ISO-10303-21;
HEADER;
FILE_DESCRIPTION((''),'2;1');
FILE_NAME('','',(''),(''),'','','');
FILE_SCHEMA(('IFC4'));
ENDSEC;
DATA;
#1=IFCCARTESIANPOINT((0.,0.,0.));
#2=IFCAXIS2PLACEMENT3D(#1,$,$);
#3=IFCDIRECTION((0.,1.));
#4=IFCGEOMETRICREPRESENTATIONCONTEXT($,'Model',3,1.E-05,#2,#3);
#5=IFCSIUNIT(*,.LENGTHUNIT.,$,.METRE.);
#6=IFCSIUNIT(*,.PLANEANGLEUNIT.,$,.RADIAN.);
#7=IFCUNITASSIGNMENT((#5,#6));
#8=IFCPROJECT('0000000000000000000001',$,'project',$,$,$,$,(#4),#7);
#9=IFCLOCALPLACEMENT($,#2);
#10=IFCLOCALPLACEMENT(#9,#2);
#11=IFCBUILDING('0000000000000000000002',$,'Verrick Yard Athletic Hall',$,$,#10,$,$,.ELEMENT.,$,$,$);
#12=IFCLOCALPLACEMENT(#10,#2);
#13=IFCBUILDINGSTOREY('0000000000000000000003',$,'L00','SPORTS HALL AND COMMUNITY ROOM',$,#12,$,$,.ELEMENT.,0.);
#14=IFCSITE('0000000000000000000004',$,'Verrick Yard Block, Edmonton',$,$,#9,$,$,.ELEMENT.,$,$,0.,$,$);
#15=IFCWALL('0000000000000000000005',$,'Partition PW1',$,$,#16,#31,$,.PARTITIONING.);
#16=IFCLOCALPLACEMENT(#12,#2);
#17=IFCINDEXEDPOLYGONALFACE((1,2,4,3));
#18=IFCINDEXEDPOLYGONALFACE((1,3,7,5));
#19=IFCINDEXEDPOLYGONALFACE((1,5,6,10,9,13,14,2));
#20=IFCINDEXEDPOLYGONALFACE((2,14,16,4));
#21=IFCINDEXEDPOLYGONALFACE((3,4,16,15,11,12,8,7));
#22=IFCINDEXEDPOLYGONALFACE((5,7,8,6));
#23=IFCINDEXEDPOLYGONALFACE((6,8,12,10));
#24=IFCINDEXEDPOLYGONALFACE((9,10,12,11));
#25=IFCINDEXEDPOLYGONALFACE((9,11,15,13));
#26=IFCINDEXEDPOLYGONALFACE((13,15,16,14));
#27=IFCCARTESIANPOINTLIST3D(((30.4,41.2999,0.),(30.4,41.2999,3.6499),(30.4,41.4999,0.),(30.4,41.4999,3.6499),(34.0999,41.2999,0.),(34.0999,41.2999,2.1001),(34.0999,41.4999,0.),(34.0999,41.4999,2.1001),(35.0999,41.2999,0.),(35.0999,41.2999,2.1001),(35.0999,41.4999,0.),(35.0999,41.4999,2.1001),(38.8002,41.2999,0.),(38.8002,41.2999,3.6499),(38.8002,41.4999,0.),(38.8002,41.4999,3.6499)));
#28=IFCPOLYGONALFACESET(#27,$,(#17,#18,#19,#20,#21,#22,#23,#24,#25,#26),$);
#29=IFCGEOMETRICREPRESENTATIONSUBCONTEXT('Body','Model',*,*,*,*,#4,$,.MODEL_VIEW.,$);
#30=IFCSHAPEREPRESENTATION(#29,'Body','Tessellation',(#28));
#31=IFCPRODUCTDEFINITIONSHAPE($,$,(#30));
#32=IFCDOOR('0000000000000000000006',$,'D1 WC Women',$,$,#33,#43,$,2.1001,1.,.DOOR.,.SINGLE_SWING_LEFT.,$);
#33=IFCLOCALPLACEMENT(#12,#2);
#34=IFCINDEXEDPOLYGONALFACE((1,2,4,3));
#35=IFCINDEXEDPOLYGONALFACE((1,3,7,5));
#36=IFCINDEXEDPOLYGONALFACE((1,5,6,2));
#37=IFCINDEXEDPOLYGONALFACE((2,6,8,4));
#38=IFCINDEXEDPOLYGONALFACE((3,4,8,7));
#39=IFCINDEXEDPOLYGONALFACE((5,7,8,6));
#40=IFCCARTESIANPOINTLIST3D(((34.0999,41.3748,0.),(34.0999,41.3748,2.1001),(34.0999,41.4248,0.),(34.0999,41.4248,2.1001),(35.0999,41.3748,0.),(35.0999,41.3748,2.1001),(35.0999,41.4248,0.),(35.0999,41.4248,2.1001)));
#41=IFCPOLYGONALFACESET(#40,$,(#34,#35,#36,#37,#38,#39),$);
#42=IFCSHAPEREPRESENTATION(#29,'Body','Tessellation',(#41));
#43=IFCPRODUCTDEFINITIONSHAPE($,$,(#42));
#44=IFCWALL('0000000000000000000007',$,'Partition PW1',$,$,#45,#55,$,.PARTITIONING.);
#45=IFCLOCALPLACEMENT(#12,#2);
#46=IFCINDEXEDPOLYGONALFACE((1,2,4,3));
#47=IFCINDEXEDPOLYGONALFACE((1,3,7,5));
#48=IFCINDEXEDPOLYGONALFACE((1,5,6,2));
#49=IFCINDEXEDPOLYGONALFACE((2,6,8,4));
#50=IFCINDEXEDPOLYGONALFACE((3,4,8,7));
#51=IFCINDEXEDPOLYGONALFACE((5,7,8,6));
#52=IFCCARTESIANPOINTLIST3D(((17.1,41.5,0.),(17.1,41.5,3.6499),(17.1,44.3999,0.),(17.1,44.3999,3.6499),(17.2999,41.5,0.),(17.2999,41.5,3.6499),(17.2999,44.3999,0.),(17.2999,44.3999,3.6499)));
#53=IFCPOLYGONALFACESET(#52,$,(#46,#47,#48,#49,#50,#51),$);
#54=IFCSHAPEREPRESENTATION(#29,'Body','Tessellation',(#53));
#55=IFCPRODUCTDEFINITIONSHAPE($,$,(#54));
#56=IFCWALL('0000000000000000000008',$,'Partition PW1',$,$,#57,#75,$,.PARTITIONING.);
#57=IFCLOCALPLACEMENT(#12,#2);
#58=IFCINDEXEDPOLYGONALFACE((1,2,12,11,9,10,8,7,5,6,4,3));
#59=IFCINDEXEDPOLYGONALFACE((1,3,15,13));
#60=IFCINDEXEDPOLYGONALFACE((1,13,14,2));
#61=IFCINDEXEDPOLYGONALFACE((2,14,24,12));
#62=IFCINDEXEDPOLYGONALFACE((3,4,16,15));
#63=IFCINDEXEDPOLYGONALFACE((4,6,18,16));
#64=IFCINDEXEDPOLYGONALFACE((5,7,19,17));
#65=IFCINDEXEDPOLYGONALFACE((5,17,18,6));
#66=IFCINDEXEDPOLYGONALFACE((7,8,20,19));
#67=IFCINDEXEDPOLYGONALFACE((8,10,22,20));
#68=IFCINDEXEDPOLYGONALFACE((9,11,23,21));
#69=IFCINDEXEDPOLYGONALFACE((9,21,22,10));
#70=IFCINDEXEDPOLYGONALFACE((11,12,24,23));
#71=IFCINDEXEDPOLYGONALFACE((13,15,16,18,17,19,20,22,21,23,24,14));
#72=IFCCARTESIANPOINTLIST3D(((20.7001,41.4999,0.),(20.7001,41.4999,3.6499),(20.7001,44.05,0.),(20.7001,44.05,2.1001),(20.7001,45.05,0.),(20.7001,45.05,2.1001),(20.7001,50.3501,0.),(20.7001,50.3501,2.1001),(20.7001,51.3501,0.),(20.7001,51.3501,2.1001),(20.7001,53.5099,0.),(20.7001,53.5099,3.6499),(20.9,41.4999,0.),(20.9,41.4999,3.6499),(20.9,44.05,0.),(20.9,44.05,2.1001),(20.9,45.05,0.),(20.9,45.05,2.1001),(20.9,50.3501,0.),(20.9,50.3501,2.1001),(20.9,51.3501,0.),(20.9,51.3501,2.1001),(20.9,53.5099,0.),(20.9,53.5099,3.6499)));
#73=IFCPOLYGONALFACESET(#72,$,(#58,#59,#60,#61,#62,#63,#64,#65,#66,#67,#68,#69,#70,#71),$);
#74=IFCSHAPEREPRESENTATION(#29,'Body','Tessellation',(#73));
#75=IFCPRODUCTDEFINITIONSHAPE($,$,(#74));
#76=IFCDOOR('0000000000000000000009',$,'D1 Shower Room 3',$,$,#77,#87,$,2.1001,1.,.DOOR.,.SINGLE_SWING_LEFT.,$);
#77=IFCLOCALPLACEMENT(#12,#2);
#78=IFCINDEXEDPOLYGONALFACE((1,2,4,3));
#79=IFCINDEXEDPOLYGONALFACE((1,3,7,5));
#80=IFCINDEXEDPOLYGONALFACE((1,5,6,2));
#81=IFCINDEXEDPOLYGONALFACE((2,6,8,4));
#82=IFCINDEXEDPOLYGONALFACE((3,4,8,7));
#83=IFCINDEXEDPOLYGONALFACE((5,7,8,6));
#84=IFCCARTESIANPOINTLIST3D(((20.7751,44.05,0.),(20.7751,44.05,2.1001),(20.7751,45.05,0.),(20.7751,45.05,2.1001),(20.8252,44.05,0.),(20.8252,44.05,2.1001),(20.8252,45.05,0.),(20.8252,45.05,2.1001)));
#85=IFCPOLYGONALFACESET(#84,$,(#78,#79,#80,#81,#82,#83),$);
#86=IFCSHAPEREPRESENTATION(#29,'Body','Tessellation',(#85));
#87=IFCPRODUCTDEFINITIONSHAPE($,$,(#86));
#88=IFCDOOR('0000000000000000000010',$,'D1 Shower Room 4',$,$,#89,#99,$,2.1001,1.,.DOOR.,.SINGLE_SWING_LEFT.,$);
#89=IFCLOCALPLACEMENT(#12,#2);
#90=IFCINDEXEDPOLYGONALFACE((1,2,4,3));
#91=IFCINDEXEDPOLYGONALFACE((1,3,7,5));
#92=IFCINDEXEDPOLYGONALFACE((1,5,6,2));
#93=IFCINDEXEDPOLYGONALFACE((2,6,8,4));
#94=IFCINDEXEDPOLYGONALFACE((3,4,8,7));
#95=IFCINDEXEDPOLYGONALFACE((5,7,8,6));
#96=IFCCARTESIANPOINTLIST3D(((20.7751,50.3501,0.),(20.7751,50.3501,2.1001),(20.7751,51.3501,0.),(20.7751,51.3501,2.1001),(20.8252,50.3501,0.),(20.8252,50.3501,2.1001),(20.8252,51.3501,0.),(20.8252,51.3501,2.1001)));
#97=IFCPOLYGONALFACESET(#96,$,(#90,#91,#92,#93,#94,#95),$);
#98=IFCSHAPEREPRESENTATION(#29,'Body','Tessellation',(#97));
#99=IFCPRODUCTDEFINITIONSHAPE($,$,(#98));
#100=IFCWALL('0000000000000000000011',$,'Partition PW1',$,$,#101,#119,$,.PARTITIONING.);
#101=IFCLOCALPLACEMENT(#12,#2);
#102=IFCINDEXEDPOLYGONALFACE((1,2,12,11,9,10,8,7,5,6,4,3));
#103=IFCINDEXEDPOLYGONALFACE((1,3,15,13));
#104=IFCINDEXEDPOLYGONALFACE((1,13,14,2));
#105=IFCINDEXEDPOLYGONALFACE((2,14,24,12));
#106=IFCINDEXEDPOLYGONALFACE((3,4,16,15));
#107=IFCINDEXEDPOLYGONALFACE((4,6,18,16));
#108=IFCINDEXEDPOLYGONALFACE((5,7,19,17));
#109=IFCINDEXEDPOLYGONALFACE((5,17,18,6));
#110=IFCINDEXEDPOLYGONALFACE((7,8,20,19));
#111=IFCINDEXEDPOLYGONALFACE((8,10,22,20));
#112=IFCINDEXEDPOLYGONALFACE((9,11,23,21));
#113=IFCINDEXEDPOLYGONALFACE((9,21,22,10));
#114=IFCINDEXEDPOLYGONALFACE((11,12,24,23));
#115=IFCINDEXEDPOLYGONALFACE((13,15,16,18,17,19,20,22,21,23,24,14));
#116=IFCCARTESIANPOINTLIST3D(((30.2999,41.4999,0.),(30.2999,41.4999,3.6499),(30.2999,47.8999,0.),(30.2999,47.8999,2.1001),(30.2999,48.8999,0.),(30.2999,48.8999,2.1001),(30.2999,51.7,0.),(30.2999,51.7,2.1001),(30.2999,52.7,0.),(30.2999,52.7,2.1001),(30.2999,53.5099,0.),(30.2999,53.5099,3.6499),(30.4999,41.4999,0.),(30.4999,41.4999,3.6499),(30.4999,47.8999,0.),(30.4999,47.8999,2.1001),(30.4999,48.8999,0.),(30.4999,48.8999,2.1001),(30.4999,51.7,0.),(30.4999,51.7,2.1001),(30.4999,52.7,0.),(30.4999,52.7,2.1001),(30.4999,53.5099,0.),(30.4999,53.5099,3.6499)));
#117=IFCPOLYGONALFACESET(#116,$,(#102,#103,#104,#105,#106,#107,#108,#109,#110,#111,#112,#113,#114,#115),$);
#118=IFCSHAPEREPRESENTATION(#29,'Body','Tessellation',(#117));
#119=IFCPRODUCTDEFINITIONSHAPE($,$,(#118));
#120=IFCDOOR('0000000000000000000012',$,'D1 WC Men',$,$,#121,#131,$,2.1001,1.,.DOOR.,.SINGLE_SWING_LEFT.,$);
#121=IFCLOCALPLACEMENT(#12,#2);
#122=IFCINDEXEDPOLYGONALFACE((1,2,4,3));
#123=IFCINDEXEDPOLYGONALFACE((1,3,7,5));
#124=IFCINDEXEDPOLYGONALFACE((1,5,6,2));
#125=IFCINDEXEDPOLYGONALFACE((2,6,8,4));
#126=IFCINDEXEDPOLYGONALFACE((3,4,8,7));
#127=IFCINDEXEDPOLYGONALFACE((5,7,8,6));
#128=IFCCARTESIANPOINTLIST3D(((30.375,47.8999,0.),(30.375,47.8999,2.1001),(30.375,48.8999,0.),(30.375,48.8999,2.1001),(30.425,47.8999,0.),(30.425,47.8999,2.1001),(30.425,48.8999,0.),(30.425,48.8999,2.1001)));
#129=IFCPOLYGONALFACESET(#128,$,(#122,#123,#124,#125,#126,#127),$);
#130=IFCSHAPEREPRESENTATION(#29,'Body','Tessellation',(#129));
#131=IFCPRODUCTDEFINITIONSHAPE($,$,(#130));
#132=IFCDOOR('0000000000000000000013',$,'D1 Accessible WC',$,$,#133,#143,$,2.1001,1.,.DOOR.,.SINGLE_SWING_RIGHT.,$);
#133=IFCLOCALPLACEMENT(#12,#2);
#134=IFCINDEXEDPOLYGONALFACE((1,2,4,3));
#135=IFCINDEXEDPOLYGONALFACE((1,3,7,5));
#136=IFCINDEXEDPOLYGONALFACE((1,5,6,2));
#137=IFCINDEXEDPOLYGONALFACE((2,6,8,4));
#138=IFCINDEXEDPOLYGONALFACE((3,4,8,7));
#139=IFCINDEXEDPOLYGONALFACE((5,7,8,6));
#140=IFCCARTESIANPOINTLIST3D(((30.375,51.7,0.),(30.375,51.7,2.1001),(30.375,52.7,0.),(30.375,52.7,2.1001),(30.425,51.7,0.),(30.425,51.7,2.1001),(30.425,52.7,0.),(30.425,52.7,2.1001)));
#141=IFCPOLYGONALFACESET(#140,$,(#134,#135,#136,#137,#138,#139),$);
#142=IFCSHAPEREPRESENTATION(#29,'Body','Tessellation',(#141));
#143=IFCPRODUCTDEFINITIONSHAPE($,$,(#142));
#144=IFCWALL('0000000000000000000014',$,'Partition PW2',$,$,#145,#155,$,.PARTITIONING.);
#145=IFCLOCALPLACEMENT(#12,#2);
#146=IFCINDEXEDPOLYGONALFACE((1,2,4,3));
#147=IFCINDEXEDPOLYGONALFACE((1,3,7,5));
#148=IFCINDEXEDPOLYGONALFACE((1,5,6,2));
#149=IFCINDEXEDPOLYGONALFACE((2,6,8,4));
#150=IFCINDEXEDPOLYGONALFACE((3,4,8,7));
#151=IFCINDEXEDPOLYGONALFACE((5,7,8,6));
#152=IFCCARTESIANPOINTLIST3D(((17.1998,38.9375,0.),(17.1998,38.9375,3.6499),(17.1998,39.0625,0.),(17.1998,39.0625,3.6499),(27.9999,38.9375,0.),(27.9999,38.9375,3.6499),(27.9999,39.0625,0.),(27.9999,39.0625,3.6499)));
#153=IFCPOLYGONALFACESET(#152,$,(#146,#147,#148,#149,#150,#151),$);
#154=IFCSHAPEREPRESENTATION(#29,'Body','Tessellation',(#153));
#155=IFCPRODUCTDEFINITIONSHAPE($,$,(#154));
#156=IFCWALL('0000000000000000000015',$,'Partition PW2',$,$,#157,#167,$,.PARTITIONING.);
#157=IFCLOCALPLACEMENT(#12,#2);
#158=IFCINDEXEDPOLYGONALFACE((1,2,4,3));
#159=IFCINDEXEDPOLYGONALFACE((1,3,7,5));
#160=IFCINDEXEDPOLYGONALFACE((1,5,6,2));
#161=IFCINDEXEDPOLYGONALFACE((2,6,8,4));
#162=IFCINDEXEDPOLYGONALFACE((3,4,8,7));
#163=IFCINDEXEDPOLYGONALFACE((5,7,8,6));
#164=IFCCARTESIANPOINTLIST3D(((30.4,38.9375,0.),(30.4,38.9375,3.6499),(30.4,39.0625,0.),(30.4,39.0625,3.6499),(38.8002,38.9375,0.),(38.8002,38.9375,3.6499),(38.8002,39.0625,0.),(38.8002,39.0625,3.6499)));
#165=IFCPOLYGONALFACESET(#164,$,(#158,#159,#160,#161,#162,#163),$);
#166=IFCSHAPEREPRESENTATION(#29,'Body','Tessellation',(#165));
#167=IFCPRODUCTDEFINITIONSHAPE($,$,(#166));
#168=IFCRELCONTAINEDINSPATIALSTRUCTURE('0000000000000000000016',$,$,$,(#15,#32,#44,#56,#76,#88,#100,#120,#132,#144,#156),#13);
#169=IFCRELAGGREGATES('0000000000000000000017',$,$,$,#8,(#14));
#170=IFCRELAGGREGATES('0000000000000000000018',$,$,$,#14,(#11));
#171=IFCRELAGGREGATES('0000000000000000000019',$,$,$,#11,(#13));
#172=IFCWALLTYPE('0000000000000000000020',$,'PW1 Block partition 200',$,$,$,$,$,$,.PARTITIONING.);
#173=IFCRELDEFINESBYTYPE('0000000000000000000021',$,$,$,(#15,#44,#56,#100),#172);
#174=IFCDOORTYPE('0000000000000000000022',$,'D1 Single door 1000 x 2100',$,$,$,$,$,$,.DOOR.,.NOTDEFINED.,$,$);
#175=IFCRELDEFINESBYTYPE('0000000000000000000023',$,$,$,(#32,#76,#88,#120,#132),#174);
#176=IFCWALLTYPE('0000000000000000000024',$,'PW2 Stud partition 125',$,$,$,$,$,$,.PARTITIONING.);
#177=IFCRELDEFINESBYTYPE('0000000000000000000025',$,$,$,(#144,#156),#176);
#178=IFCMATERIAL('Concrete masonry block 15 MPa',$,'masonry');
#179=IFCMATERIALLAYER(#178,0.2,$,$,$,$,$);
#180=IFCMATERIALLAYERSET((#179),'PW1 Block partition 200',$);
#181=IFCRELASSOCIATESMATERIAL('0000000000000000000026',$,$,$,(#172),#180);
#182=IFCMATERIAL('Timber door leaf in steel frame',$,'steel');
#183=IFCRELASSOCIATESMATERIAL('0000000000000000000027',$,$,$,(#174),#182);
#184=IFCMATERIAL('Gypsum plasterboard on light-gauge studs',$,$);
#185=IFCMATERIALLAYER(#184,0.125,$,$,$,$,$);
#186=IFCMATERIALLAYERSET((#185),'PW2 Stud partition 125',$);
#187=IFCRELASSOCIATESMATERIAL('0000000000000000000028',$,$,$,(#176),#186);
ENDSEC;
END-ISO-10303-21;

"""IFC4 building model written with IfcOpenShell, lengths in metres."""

from ifc_helpers import new_model, si_unit, direction, frame, frame_2d, origin, place, context, subcontext, project, spatial, rectangle, extrude, material, layer, layer_set, type_object, element, fill, save


model = new_model("IFC4")

# Units and contexts
model_context = context("Model", 3, precision=1e-05, world=origin(), true_north=direction((0.0, 1.0)))
body_context = subcontext(model_context, "Body", "Model", "MODEL_VIEW")
ifc_project = project(units=[si_unit("LENGTHUNIT", "METRE"), si_unit("PLANEANGLEUNIT", "RADIAN")], contexts=[model_context])

# Site, building, storey
site_placement = place(None, origin())
site = spatial("IfcSite", under=ifc_project, at=site_placement, Name="Verrick Yard Block, Edmonton", CompositionType="ELEMENT", RefElevation=0.0)
building_placement = place(site_placement, origin())
building = spatial("IfcBuilding", under=site, at=building_placement, Name="Verrick Yard Athletic Hall", CompositionType="ELEMENT")
storey_placement = place(building_placement, origin())
storey = spatial("IfcBuildingStorey", under=building, at=storey_placement, Name="L00", Description="SPORTS HALL AND COMMUNITY ROOM", CompositionType="ELEMENT", Elevation=0.0)

# Shared definitions
ifc_material_1 = material(Name="Concrete masonry block 15 MPa", Category="masonry")
ifc_layer_1 = layer(ifc_material_1, 0.2)
ifc_layer_set_1 = layer_set([ifc_layer_1], Name="PW1 Block partition 200")
wall_type_1 = type_object("IfcWallType", Name="PW1 Block partition 200", PredefinedType="PARTITIONING", material=ifc_layer_set_1)

# Wall, opening, door
wall_1_placement = place(storey_placement, frame((30.3999, 41.3999, 0.0), z_axis=(0.0, 0.0, 1.0), x_axis=(1.0, 0.0, 0.0)))
wall_1 = element("IfcWall", 1, at=wall_1_placement, inside=storey, type_object=wall_type_1, Name="Partition PW1", PredefinedType="PARTITIONING", context=body_context, shape_type="SweptSolid", body=[
    extrude(rectangle(XDim=8.4001, YDim=0.2, at=frame_2d((4.2002, 0.0))), origin(), (0.0, 0.0, 1.0), 3.6499),
])
opening_1_placement = place(wall_1_placement, frame((3.7, 0.0, 0.0)))
opening_1 = element("IfcOpeningElement", 2, at=opening_1_placement, cuts=wall_1, PredefinedType="OPENING", context=body_context, shape_type="SweptSolid", body=[
    extrude(rectangle(XDim=1.0, YDim=2.1001, at=frame_2d((0.5, 1.05))), frame((0.0, 0.1099, 0.0), z_axis=(0.0, -1.0, 0.0), x_axis=(1.0, 0.0, 0.0)), (0.0, 0.0, 1.0), 0.22),
])
ifc_material_2 = material(Name="Timber door leaf in steel frame", Category="steel")
door_type = type_object("IfcDoorType", Name="D1 Single door 1000 x 2100", OperationType="NOTDEFINED", PredefinedType="DOOR", material=ifc_material_2)
door_1_placement = place(opening_1_placement, origin())
door_1 = element("IfcDoor", 3, at=door_1_placement, inside=storey, type_object=door_type, Name="D1 WC Women", OperationType="SINGLE_SWING_LEFT", OverallHeight=2.1001, OverallWidth=1.0, PredefinedType="DOOR", context=body_context, shape_type="SweptSolid", body=[
    extrude(rectangle(XDim=1.0, YDim=2.1001, at=frame_2d((0.5, 1.05))), frame((0.0, 0.0249, 0.0), z_axis=(0.0, -1.0, 0.0), x_axis=(1.0, 0.0, 0.0)), (0.0, 0.0, 1.0), 0.05),
])
fill(opening_1, door_1)

# Wall
wall_2_placement = place(storey_placement, frame((17.2, 41.5, 0.0), z_axis=(0.0, 0.0, 1.0), x_axis=(0.0, 1.0, 0.0)))
element("IfcWall", 4, at=wall_2_placement, inside=storey, type_object=wall_type_1, Name="Partition PW1", PredefinedType="PARTITIONING", context=body_context, shape_type="SweptSolid", body=[
    extrude(rectangle(XDim=2.8999, YDim=0.2, at=frame_2d((1.45, 0.0))), origin(), (0.0, 0.0, 1.0), 3.6499),
])

# Walls, openings, doors
wall_3_placement = place(storey_placement, frame((20.8, 41.5, 0.0), z_axis=(0.0, 0.0, 1.0), x_axis=(0.0, 1.0, 0.0)))
wall_3 = element("IfcWall", 5, at=wall_3_placement, inside=storey, type_object=wall_type_1, Name="Partition PW1", PredefinedType="PARTITIONING", context=body_context, shape_type="SweptSolid", body=[
    extrude(rectangle(XDim=12.01, YDim=0.2, at=frame_2d((6.0049, 0.0))), origin(), (0.0, 0.0, 1.0), 3.6499),
])
opening_2_placement = place(wall_3_placement, frame((2.55, 0.0, 0.0)))
opening_2 = element("IfcOpeningElement", 6, at=opening_2_placement, cuts=wall_3, PredefinedType="OPENING", context=body_context, shape_type="SweptSolid", body=[
    extrude(rectangle(XDim=1.0, YDim=2.1001, at=frame_2d((0.5, 1.05))), frame((0.0, 0.1099, 0.0), z_axis=(0.0, -1.0, 0.0), x_axis=(1.0, 0.0, 0.0)), (0.0, 0.0, 1.0), 0.22),
])
opening_3_placement = place(wall_3_placement, frame((8.8501, 0.0, 0.0)))
opening_3 = element("IfcOpeningElement", 7, at=opening_3_placement, cuts=wall_3, PredefinedType="OPENING", context=body_context, shape_type="SweptSolid", body=[
    extrude(rectangle(XDim=1.0, YDim=2.1001, at=frame_2d((0.5, 1.05))), frame((0.0, 0.1099, 0.0), z_axis=(0.0, -1.0, 0.0), x_axis=(1.0, 0.0, 0.0)), (0.0, 0.0, 1.0), 0.22),
])
door_2_placement = place(opening_2_placement, origin())
door_2 = element("IfcDoor", 8, at=door_2_placement, inside=storey, type_object=door_type, Name="D1 Shower Room 3", OperationType="SINGLE_SWING_LEFT", OverallHeight=2.1001, OverallWidth=1.0, PredefinedType="DOOR", context=body_context, shape_type="SweptSolid", body=[
    extrude(rectangle(XDim=1.0, YDim=2.1001, at=frame_2d((0.5, 1.05))), frame((0.0, 0.0249, 0.0), z_axis=(0.0, -1.0, 0.0), x_axis=(1.0, 0.0, 0.0)), (0.0, 0.0, 1.0), 0.05),
])
fill(opening_2, door_2)
door_3_placement = place(opening_3_placement, origin())
door_3 = element("IfcDoor", 9, at=door_3_placement, inside=storey, type_object=door_type, Name="D1 Shower Room 4", OperationType="SINGLE_SWING_LEFT", OverallHeight=2.1001, OverallWidth=1.0, PredefinedType="DOOR", context=body_context, shape_type="SweptSolid", body=[
    extrude(rectangle(XDim=1.0, YDim=2.1001, at=frame_2d((0.5, 1.05))), frame((0.0, 0.0249, 0.0), z_axis=(0.0, -1.0, 0.0), x_axis=(1.0, 0.0, 0.0)), (0.0, 0.0, 1.0), 0.05),
])
fill(opening_3, door_3)
wall_4_placement = place(storey_placement, frame((30.3999, 41.5, 0.0), z_axis=(0.0, 0.0, 1.0), x_axis=(0.0, 1.0, 0.0)))
wall_4 = element("IfcWall", 10, at=wall_4_placement, inside=storey, type_object=wall_type_1, Name="Partition PW1", PredefinedType="PARTITIONING", context=body_context, shape_type="SweptSolid", body=[
    extrude(rectangle(XDim=12.01, YDim=0.2, at=frame_2d((6.0049, 0.0))), origin(), (0.0, 0.0, 1.0), 3.6499),
])
opening_4_placement = place(wall_4_placement, frame((6.3999, 0.0, 0.0)))
opening_4 = element("IfcOpeningElement", 11, at=opening_4_placement, cuts=wall_4, PredefinedType="OPENING", context=body_context, shape_type="SweptSolid", body=[
    extrude(rectangle(XDim=1.0, YDim=2.1001, at=frame_2d((0.5, 1.05))), frame((0.0, 0.1099, 0.0), z_axis=(0.0, -1.0, 0.0), x_axis=(1.0, 0.0, 0.0)), (0.0, 0.0, 1.0), 0.22),
])
opening_5_placement = place(wall_4_placement, frame((10.2, 0.0, 0.0)))
opening_5 = element("IfcOpeningElement", 12, at=opening_5_placement, cuts=wall_4, PredefinedType="OPENING", context=body_context, shape_type="SweptSolid", body=[
    extrude(rectangle(XDim=1.0, YDim=2.1001, at=frame_2d((0.5, 1.05))), frame((0.0, 0.1099, 0.0), z_axis=(0.0, -1.0, 0.0), x_axis=(1.0, 0.0, 0.0)), (0.0, 0.0, 1.0), 0.22),
])
door_4_placement = place(opening_4_placement, origin())
door_4 = element("IfcDoor", 13, at=door_4_placement, inside=storey, type_object=door_type, Name="D1 WC Men", OperationType="SINGLE_SWING_LEFT", OverallHeight=2.1001, OverallWidth=1.0, PredefinedType="DOOR", context=body_context, shape_type="SweptSolid", body=[
    extrude(rectangle(XDim=1.0, YDim=2.1001, at=frame_2d((0.5, 1.05))), frame((0.0, 0.0249, 0.0), z_axis=(0.0, -1.0, 0.0), x_axis=(1.0, 0.0, 0.0)), (0.0, 0.0, 1.0), 0.05),
])
fill(opening_4, door_4)
door_5_placement = place(opening_5_placement, origin())
door_5 = element("IfcDoor", 14, at=door_5_placement, inside=storey, type_object=door_type, Name="D1 Accessible WC", OperationType="SINGLE_SWING_RIGHT", OverallHeight=2.1001, OverallWidth=1.0, PredefinedType="DOOR", context=body_context, shape_type="SweptSolid", body=[
    extrude(rectangle(XDim=1.0, YDim=2.1001, at=frame_2d((0.5, 1.05))), frame((0.0, 0.0249, 0.0), z_axis=(0.0, -1.0, 0.0), x_axis=(1.0, 0.0, 0.0)), (0.0, 0.0, 1.0), 0.05),
])
fill(opening_5, door_5)

# Walls
ifc_material_3 = material(Name="Gypsum plasterboard on light-gauge studs")
ifc_layer_2 = layer(ifc_material_3, 0.125)
ifc_layer_set_2 = layer_set([ifc_layer_2], Name="PW2 Stud partition 125")
wall_type_2 = type_object("IfcWallType", Name="PW2 Stud partition 125", PredefinedType="PARTITIONING", material=ifc_layer_set_2)
wall_5_placement = place(storey_placement, frame((17.2, 39.0, 0.0), z_axis=(0.0, 0.0, 1.0), x_axis=(1.0, 0.0, 0.0)))
element("IfcWall", 15, at=wall_5_placement, inside=storey, type_object=wall_type_2, Name="Partition PW2", PredefinedType="PARTITIONING", context=body_context, shape_type="SweptSolid", body=[
    extrude(rectangle(XDim=10.8, YDim=0.125, at=frame_2d((5.3999, 0.0))), origin(), (0.0, 0.0, 1.0), 3.6499),
])
wall_6_placement = place(storey_placement, frame((30.3999, 39.0, 0.0), z_axis=(0.0, 0.0, 1.0), x_axis=(1.0, 0.0, 0.0)))
element("IfcWall", 16, at=wall_6_placement, inside=storey, type_object=wall_type_2, Name="Partition PW2", PredefinedType="PARTITIONING", context=body_context, shape_type="SweptSolid", body=[
    extrude(rectangle(XDim=8.4001, YDim=0.125, at=frame_2d((4.2002, 0.0))), origin(), (0.0, 0.0, 1.0), 3.6499),
])

save(model, "model.ifc")
